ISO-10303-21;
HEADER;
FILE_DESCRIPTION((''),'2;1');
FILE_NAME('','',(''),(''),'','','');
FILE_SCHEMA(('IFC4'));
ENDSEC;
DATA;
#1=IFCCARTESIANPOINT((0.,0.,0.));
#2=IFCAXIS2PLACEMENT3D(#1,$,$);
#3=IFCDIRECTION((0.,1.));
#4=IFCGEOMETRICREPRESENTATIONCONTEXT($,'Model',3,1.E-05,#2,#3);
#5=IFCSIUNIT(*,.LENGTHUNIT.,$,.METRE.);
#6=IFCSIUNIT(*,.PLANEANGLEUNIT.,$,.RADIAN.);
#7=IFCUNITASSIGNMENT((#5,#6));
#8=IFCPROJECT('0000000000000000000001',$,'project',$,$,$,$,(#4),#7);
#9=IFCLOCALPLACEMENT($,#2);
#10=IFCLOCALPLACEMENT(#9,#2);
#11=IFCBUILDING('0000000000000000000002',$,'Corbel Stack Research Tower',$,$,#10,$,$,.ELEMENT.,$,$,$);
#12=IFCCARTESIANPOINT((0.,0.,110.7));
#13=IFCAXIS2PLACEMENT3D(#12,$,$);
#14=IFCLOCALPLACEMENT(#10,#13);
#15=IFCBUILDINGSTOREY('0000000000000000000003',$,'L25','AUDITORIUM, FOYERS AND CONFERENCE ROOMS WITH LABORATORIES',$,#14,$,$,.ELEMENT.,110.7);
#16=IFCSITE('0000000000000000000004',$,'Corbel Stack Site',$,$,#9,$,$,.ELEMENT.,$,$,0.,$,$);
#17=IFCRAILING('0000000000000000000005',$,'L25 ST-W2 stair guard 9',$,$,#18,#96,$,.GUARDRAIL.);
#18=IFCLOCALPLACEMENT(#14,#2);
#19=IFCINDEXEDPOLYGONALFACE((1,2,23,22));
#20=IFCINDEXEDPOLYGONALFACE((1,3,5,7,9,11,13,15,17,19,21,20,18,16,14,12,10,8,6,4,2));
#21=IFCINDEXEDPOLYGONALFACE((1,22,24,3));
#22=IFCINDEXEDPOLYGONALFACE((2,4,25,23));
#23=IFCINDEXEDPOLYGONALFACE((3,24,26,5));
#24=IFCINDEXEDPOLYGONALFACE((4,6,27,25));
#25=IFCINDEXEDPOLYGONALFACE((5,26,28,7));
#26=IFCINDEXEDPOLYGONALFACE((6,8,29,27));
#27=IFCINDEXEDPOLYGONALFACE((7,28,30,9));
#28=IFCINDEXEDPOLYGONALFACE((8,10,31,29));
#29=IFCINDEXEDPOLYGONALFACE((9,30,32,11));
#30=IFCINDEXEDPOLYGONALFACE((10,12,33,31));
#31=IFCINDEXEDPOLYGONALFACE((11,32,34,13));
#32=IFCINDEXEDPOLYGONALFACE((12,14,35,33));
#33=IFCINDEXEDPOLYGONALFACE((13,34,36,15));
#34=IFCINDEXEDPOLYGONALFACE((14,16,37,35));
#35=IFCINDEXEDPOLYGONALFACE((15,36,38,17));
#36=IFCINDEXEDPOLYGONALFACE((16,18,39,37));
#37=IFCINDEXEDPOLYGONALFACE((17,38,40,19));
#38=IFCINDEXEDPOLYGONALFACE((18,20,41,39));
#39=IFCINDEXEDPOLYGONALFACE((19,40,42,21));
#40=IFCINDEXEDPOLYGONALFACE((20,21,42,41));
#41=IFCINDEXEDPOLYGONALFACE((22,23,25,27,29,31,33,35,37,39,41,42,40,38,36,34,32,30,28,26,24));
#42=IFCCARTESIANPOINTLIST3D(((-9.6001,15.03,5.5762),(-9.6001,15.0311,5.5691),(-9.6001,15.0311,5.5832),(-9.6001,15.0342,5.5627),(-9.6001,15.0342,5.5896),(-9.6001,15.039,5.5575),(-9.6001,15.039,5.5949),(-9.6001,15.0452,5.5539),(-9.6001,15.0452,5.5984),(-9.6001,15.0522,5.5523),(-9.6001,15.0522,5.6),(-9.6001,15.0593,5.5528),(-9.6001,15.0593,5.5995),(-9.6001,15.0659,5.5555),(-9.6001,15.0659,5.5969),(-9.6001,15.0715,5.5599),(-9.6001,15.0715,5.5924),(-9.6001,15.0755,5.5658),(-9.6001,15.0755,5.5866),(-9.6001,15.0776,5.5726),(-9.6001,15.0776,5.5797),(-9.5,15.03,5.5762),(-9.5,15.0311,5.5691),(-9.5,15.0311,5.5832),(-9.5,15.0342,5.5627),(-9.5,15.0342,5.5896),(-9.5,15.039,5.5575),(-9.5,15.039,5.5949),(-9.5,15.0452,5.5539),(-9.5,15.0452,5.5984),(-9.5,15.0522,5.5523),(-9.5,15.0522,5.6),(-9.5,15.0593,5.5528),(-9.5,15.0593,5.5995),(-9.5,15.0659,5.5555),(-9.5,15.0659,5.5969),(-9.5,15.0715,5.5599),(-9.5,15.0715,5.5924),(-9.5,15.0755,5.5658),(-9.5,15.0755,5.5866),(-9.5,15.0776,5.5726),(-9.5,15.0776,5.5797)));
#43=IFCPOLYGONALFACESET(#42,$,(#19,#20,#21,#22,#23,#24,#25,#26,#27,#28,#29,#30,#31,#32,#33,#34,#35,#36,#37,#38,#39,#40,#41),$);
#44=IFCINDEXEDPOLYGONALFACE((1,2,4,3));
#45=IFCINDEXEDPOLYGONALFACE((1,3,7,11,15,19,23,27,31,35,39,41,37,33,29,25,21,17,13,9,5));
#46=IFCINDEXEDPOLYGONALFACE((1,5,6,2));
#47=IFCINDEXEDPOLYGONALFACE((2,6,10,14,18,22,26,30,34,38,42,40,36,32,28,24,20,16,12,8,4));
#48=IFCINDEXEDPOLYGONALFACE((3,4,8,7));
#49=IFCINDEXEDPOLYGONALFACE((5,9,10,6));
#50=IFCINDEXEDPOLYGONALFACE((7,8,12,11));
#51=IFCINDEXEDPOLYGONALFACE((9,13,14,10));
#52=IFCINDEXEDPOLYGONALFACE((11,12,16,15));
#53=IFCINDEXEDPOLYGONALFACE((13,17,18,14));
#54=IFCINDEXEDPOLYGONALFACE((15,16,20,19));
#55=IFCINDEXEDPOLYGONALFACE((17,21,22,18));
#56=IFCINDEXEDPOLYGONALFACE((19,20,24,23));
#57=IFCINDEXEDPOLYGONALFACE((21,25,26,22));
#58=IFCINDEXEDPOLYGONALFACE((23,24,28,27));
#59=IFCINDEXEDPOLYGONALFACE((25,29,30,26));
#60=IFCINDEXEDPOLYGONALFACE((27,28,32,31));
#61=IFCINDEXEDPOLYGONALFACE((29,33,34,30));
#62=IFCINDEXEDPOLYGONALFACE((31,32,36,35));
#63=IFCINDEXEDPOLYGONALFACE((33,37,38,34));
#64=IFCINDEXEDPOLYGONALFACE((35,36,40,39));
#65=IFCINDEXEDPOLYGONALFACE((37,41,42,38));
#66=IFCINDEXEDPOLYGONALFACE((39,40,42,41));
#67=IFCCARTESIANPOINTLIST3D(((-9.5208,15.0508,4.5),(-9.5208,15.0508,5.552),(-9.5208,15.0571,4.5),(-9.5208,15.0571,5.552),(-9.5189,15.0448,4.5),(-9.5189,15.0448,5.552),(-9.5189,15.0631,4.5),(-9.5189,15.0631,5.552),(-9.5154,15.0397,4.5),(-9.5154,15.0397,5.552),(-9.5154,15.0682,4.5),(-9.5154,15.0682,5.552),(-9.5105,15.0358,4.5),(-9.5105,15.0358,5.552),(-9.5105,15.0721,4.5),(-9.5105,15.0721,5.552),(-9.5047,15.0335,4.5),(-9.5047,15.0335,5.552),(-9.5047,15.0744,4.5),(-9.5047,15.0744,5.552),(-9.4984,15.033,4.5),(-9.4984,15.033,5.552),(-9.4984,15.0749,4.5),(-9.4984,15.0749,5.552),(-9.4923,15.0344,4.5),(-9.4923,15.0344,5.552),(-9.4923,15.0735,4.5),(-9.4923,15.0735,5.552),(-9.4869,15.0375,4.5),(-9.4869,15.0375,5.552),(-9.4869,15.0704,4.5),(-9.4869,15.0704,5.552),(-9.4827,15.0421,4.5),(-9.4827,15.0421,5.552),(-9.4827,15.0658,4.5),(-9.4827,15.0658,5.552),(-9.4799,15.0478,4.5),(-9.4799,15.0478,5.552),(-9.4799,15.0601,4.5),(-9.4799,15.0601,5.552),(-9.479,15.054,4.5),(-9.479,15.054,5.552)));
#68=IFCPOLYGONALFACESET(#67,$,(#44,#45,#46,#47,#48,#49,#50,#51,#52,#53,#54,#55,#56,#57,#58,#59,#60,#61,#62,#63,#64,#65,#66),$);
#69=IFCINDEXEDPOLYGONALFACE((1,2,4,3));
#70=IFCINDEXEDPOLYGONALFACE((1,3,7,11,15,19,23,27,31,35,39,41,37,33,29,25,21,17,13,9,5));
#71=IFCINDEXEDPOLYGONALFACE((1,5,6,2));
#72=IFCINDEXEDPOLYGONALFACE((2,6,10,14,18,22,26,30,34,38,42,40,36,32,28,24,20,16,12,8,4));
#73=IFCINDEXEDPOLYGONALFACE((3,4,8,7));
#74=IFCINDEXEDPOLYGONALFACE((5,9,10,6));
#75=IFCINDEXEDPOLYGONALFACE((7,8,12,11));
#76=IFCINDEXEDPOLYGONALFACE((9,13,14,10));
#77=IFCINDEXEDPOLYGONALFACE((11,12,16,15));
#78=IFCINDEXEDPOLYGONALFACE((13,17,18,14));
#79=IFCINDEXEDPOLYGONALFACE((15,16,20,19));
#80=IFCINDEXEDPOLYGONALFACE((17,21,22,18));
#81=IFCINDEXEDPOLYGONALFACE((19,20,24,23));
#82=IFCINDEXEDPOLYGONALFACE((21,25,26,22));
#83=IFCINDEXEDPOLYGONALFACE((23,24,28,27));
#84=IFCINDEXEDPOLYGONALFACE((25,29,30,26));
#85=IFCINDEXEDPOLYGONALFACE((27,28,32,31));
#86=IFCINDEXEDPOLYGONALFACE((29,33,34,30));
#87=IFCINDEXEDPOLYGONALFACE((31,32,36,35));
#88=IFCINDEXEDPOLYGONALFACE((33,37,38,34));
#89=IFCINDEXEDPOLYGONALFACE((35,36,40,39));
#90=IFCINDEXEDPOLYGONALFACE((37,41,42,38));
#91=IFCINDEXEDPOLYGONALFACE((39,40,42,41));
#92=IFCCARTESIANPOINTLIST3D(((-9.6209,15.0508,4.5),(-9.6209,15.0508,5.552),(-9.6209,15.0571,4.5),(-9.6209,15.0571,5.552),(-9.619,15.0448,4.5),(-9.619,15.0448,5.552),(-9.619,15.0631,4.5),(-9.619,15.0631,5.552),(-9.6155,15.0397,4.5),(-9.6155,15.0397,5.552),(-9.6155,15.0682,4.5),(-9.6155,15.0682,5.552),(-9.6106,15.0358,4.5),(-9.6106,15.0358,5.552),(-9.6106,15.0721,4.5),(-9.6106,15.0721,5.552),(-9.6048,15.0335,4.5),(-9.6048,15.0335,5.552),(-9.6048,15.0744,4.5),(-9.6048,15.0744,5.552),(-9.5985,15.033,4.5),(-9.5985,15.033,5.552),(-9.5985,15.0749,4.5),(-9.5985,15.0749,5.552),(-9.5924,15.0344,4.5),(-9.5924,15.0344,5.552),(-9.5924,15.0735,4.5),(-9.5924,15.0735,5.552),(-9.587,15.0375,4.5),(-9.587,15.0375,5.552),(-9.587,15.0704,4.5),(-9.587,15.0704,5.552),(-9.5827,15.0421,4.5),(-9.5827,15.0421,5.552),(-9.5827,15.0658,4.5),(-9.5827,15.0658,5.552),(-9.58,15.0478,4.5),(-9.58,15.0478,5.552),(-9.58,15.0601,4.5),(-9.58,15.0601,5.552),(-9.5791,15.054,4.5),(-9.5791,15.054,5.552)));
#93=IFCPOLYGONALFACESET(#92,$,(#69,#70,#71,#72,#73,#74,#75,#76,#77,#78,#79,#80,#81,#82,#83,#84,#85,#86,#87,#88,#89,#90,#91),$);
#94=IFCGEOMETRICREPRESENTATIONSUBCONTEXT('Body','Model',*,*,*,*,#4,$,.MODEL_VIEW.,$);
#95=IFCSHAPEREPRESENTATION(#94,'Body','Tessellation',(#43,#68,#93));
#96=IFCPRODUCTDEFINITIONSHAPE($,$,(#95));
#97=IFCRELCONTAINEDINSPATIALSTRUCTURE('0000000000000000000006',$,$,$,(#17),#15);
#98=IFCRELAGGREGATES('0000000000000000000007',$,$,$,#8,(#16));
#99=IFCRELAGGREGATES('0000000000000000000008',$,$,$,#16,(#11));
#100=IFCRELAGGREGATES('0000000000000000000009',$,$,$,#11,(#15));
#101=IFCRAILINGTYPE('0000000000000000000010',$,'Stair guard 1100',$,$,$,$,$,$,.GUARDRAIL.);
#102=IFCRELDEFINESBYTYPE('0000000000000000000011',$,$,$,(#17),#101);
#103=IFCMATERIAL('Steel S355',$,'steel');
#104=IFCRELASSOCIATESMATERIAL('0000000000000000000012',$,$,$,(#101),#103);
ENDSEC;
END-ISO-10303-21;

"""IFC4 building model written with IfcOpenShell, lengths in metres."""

from ifc_helpers import new_model, si_unit, direction, frame, origin, origin_2d, place, context, subcontext, project, spatial, circle, extrude, material, type_object, element, save


model = new_model("IFC4")

# Units and contexts
model_context = context("Model", 3, precision=1e-05, world=origin(), true_north=direction((0.0, 1.0)))
body_context = subcontext(model_context, "Body", "Model", "MODEL_VIEW")
ifc_project = project(units=[si_unit("LENGTHUNIT", "METRE"), si_unit("PLANEANGLEUNIT", "RADIAN")], contexts=[model_context])

# Site, building, storey
site_placement = place(None, origin())
site = spatial("IfcSite", under=ifc_project, at=site_placement, Name="Corbel Stack Site", CompositionType="ELEMENT", RefElevation=0.0)
building_placement = place(site_placement, origin())
building = spatial("IfcBuilding", under=site, at=building_placement, Name="Corbel Stack Research Tower", CompositionType="ELEMENT")
storey_placement = place(building_placement, frame((0.0, 0.0, 110.7)))
storey = spatial("IfcBuildingStorey", under=building, at=storey_placement, Name="L25", Description="AUDITORIUM, FOYERS AND CONFERENCE ROOMS WITH LABORATORIES", CompositionType="ELEMENT", Elevation=110.7)

# Railing
ifc_material_1 = material(Name="Steel S355", Category="steel")
railing_type_1 = type_object("IfcRailingType", Name="Stair guard 1100", PredefinedType="GUARDRAIL", material=ifc_material_1)
railing_1_placement = place(storey_placement, frame((-9.5, 15.054, 4.5)))
element("IfcRailing", 1, at=railing_1_placement, inside=storey, type_object=railing_type_1, Name="L25 ST-W2 stair guard 9", PredefinedType="GUARDRAIL", context=body_context, shape_type="SweptSolid", body=[
    extrude(circle(Radius=0.0239, at=origin_2d()), frame((0.0, 0.0, 1.0762), z_axis=(-1.0, 0.0, 0.0), x_axis=(0.0, -1.0, 0.0)), (0.0, 0.0, 1.0), 0.1001),
    extrude(circle(Radius=0.021, at=origin_2d()), origin(), (0.0, 0.0, 1.0), 1.052),
    extrude(circle(Radius=0.021, at=origin_2d()), frame((-0.1001, 0.0, 0.0)), (0.0, 0.0, 1.0), 1.052),
])

save(model, "model.ifc")
